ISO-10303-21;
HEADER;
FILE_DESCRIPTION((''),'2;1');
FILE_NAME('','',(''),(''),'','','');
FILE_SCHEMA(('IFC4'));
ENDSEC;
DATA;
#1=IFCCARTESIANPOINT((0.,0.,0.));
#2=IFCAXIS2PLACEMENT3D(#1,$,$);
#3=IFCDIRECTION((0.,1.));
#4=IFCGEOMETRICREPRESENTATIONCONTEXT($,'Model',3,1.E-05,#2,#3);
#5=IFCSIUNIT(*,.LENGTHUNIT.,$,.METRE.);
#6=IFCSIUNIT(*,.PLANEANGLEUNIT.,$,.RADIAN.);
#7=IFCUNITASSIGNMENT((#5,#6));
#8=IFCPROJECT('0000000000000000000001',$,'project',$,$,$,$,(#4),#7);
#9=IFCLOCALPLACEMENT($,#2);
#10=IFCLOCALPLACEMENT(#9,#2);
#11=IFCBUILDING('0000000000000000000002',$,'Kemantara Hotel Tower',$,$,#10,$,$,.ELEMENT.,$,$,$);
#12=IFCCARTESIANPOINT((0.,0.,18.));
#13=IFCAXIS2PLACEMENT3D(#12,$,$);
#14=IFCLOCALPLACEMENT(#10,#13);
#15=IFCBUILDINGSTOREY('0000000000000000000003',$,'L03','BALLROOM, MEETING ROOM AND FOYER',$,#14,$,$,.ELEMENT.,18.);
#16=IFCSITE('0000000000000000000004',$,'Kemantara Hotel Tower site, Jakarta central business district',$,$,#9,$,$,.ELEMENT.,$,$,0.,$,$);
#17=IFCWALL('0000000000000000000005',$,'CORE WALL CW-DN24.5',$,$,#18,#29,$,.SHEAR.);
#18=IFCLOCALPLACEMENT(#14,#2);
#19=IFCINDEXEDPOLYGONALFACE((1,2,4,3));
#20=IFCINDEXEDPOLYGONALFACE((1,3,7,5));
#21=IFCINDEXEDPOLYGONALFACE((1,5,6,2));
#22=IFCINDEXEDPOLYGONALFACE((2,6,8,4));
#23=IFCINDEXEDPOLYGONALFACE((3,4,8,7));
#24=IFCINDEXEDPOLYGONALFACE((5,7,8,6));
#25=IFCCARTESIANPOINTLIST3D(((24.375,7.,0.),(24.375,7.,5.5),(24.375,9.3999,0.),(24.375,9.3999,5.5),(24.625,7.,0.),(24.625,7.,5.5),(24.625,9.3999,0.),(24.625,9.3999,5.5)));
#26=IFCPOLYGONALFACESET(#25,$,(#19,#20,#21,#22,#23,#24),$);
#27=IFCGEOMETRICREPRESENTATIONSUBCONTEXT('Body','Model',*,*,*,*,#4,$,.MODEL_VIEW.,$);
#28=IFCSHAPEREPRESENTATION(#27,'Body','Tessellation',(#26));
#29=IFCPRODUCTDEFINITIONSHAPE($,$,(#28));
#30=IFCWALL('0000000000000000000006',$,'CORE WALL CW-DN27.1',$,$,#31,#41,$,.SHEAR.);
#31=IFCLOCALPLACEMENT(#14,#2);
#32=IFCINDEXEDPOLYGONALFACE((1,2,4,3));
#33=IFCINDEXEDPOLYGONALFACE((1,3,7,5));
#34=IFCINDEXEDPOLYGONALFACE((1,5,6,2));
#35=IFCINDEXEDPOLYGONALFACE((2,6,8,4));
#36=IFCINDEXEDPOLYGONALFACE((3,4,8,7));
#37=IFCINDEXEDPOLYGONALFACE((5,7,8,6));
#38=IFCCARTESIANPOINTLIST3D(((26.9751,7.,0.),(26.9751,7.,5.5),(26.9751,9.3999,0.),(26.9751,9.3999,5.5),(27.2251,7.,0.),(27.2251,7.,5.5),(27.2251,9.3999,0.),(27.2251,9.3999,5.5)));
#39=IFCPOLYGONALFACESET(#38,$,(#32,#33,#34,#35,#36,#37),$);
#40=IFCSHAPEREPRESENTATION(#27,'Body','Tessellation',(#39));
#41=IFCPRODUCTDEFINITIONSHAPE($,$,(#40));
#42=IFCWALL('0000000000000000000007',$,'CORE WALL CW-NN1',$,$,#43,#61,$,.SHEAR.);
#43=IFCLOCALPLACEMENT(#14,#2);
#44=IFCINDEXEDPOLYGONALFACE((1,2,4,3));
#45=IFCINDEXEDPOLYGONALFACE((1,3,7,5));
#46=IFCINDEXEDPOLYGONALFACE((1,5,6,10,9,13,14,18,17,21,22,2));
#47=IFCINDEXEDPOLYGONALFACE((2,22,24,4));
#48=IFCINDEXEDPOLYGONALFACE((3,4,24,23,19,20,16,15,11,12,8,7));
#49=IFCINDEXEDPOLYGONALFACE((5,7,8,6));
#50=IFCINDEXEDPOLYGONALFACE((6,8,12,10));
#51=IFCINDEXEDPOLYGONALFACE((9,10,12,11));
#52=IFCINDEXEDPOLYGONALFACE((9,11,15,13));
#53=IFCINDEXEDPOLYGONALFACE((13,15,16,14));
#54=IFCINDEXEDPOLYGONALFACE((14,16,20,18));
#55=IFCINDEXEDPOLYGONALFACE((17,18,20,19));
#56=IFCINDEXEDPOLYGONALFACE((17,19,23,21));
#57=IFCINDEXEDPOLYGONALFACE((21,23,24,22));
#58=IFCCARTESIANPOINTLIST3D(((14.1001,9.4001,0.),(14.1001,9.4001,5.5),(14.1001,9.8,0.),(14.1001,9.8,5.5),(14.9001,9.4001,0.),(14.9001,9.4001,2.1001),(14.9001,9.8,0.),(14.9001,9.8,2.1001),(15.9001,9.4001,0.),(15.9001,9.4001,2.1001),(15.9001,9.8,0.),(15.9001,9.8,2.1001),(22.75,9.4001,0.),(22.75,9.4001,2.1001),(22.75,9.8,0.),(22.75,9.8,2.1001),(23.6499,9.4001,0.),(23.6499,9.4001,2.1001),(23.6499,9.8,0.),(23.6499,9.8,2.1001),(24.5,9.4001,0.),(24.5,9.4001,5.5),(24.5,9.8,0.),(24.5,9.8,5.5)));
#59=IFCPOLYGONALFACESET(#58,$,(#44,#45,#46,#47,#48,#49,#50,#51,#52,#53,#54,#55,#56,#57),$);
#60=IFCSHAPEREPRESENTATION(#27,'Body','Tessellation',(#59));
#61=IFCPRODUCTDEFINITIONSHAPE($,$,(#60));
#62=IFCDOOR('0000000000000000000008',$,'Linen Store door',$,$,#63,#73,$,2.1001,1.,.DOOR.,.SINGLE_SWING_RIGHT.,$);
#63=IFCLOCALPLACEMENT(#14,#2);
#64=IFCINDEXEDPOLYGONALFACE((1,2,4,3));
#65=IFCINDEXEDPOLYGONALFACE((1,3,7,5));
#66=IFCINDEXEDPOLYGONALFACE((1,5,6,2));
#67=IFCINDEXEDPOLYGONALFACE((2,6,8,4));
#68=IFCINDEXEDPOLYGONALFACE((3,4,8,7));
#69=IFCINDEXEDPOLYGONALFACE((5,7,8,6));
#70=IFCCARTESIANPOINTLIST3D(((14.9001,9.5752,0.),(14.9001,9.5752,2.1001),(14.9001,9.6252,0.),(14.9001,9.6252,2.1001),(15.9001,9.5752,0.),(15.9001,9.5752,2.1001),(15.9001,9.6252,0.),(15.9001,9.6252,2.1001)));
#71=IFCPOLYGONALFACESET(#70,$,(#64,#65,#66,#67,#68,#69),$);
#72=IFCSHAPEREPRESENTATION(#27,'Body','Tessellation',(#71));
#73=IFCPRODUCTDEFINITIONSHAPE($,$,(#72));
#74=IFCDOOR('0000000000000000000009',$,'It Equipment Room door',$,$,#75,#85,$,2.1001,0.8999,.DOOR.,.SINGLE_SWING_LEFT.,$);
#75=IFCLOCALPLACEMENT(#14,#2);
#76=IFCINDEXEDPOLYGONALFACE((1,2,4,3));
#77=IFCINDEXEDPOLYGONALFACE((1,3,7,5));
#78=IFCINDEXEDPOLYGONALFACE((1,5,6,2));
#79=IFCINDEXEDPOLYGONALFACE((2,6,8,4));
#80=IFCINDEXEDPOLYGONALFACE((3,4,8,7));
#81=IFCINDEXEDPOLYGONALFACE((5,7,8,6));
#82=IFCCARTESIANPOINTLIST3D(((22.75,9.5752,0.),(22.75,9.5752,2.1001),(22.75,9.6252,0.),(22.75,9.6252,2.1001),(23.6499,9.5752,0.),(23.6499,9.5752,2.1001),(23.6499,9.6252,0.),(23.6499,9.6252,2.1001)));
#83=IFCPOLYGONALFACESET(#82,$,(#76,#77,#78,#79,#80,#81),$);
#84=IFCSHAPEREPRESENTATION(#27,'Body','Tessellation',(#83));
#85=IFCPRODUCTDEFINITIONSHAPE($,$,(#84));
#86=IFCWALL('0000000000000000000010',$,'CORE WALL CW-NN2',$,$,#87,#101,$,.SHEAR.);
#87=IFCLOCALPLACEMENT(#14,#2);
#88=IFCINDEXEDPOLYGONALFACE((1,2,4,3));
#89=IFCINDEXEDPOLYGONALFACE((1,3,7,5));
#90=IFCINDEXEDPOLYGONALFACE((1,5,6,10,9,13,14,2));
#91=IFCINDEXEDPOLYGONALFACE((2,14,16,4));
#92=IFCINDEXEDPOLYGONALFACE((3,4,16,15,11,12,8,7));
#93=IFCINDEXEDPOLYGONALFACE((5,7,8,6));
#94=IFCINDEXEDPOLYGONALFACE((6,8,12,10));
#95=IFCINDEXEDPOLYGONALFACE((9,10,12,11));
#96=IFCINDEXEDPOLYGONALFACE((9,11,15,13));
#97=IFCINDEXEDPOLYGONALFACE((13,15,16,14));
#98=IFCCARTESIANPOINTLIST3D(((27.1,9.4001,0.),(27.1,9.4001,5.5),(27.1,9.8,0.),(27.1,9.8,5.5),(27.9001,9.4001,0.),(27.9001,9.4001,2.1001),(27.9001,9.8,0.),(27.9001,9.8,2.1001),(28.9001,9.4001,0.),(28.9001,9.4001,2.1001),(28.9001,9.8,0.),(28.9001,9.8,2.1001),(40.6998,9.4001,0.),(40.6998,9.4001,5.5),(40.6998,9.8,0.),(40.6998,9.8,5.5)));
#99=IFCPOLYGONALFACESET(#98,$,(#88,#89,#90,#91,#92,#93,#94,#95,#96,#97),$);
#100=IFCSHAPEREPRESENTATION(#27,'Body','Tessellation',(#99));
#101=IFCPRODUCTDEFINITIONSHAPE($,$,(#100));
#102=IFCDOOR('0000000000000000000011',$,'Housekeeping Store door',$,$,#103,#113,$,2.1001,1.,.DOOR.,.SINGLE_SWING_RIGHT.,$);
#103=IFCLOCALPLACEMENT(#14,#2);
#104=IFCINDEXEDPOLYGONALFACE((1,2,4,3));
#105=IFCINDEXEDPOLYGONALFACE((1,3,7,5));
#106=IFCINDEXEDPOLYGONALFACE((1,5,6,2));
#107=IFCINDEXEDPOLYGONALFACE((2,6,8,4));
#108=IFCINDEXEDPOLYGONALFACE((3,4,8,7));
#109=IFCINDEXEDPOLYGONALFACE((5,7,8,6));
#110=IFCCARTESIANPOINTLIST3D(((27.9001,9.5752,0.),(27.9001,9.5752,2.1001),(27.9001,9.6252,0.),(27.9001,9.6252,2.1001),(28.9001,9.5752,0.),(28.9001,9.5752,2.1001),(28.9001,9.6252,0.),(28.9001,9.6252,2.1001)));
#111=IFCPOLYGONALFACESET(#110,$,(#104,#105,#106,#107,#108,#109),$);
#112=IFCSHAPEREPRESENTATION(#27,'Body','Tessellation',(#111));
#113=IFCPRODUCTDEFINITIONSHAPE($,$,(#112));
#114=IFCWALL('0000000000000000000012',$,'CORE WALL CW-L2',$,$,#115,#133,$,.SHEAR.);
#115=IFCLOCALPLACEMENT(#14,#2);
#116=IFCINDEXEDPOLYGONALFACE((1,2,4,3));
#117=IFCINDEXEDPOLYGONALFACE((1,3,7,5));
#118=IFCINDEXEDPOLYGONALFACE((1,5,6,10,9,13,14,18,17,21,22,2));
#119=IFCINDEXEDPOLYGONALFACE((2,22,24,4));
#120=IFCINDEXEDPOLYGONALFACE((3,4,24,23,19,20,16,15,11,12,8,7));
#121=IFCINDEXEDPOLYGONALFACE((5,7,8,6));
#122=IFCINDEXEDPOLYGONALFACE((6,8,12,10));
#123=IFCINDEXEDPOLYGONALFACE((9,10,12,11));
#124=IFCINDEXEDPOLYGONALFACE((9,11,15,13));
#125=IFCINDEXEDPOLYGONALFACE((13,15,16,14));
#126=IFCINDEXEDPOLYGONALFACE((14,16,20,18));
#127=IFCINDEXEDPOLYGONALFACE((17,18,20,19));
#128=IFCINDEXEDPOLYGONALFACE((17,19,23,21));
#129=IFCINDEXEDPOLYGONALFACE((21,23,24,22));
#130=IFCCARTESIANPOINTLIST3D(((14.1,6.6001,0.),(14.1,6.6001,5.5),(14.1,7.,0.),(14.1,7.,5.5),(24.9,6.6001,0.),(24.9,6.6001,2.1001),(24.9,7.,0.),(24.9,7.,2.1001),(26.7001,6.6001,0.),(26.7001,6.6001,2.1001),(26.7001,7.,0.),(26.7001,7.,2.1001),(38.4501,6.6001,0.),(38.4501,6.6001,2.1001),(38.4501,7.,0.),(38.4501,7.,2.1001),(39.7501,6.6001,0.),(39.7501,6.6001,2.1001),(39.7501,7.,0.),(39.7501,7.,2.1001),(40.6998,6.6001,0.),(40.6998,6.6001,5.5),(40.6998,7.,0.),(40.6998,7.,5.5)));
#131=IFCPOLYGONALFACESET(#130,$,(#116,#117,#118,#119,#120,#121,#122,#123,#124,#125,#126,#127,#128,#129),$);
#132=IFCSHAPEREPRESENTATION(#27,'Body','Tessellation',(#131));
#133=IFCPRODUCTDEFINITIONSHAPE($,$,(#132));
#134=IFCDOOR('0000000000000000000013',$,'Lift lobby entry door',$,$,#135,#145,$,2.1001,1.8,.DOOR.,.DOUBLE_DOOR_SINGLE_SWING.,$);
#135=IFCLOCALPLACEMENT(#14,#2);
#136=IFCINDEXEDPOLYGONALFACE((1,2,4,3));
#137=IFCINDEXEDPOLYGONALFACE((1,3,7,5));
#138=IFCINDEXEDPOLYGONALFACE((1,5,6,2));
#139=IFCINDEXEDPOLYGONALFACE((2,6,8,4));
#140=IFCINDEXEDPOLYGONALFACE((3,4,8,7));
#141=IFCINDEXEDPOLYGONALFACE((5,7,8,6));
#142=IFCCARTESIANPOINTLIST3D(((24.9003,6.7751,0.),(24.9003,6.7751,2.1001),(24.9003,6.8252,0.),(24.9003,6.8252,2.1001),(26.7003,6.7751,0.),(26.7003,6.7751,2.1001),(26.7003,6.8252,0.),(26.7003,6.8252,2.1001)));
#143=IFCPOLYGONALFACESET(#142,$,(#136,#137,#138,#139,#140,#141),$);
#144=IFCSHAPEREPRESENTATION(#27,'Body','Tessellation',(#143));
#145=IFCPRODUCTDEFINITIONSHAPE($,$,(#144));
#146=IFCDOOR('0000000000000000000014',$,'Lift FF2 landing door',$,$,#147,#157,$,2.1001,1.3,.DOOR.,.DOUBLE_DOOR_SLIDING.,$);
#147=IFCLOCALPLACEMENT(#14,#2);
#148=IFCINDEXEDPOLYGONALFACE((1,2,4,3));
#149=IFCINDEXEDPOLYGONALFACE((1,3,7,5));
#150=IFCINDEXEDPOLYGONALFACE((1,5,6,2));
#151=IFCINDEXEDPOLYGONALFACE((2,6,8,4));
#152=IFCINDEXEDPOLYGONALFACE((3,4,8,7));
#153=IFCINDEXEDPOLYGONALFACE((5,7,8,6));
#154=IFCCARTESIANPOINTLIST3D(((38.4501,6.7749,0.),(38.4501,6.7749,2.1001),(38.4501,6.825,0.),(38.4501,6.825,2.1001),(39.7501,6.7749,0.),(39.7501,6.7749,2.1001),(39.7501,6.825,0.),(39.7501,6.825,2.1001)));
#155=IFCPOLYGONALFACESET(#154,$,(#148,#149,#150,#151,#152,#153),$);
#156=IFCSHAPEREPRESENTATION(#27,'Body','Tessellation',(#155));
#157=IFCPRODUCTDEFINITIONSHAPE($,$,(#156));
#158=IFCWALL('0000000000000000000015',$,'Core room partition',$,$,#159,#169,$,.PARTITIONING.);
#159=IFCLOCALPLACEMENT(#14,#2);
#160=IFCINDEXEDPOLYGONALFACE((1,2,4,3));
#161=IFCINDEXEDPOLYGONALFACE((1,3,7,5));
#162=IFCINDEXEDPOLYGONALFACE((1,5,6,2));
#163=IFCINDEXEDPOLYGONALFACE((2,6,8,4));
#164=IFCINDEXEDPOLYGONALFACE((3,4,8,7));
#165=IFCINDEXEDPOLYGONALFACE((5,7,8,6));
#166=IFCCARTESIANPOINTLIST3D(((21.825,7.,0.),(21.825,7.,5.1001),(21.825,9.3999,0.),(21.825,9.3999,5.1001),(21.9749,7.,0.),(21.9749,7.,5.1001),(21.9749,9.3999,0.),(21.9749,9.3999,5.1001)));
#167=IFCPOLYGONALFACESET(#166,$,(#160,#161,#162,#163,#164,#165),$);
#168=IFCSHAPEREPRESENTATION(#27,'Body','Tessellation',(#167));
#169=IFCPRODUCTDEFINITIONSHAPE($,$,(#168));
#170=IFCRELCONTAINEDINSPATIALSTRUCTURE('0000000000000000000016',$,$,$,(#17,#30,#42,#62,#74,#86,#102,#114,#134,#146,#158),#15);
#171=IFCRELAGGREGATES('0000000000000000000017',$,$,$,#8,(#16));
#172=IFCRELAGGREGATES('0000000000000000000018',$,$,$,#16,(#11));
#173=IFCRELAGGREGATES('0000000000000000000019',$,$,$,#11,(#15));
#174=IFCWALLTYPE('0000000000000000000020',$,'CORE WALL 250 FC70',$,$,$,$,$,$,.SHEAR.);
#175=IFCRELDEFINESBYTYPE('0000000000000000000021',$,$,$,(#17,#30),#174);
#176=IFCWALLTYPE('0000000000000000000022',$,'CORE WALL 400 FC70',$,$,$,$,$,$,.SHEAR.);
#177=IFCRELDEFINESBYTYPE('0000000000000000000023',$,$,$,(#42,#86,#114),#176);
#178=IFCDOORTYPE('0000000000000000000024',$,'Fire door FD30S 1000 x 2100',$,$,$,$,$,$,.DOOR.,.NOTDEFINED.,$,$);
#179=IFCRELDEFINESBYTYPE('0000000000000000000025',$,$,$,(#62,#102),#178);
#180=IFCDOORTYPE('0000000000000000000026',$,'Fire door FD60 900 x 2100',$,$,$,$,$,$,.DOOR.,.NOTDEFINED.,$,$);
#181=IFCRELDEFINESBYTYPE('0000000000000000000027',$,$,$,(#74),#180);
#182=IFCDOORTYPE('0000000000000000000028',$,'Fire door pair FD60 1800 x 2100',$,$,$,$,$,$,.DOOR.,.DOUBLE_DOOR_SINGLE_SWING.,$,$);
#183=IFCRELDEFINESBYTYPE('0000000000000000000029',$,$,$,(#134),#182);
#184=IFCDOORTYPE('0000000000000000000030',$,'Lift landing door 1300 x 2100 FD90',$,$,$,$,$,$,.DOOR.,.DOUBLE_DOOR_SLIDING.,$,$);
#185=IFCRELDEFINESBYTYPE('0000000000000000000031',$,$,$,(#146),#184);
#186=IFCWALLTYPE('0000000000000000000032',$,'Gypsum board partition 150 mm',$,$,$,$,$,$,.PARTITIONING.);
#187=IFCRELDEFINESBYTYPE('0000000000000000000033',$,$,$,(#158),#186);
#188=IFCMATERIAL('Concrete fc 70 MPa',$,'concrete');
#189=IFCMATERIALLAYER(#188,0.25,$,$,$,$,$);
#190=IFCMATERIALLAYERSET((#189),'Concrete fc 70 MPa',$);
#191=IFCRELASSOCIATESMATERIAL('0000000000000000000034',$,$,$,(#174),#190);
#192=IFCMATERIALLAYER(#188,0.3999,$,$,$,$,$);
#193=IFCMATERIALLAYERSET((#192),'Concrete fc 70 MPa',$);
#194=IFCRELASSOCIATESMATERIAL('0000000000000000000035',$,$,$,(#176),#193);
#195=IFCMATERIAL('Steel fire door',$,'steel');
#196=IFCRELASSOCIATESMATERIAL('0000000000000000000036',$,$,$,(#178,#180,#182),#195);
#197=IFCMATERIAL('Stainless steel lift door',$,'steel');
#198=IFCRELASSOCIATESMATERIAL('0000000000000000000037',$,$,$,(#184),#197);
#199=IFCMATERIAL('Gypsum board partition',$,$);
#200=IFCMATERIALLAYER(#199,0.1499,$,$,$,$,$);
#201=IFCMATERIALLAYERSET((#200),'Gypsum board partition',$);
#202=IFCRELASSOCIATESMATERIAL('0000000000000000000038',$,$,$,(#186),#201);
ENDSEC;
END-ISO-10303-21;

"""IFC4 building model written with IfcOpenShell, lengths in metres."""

from ifc_helpers import new_model, si_unit, direction, frame, frame_2d, origin, place, context, subcontext, project, spatial, rectangle, extrude, material, layer, layer_set, type_object, element, fill, save


model = new_model("IFC4")

# Units and contexts
model_context = context("Model", 3, precision=1e-05, world=origin(), true_north=direction((0.0, 1.0)))
body_context = subcontext(model_context, "Body", "Model", "MODEL_VIEW")
ifc_project = project(units=[si_unit("LENGTHUNIT", "METRE"), si_unit("PLANEANGLEUNIT", "RADIAN")], contexts=[model_context])

# Site, building, storey
site_placement = place(None, origin())
site = spatial("IfcSite", under=ifc_project, at=site_placement, Name="Kemantara Hotel Tower site, Jakarta central business district", CompositionType="ELEMENT", RefElevation=0.0)
building_placement = place(site_placement, origin())
building = spatial("IfcBuilding", under=site, at=building_placement, Name="Kemantara Hotel Tower", CompositionType="ELEMENT")
storey_placement = place(building_placement, frame((0.0, 0.0, 18.0)))
storey = spatial("IfcBuildingStorey", under=building, at=storey_placement, Name="L03", Description="BALLROOM, MEETING ROOM AND FOYER", CompositionType="ELEMENT", Elevation=18.0)

# Walls
ifc_material_1 = material(Name="Concrete fc 70 MPa", Category="concrete")
ifc_layer_1 = layer(ifc_material_1, 0.25)
ifc_layer_set_1 = layer_set([ifc_layer_1], Name="Concrete fc 70 MPa")
wall_type_1 = type_object("IfcWallType", Name="CORE WALL 250 FC70", PredefinedType="SHEAR", material=ifc_layer_set_1)
for number, where, z_axis, x_axis, name in (
    (1, (24.5, 7.0, 0.0), (0.0, 0.0, 1.0), (0.0, 1.0, 0.0), "CORE WALL CW-DN24.5"),
    (2, (27.1001, 7.0, 0.0), (0.0, 0.0, 1.0), (0.0, 1.0, 0.0), "CORE WALL CW-DN27.1"),
):
    element("IfcWall", number, at=place(storey_placement, frame(where, z_axis=z_axis, x_axis=x_axis)), inside=storey, type_object=wall_type_1, Name=name, PredefinedType="SHEAR", context=body_context, shape_type="SweptSolid", body=[
        extrude(rectangle(XDim=2.3999, YDim=0.25, at=frame_2d((1.2, 0.0))), origin(), (0.0, 0.0, 1.0), 5.5),
    ])

# Wall, openings, doors
ifc_layer_2 = layer(ifc_material_1, 0.3999)
ifc_layer_set_2 = layer_set([ifc_layer_2], Name="Concrete fc 70 MPa")
wall_type_2 = type_object("IfcWallType", Name="CORE WALL 400 FC70", PredefinedType="SHEAR", material=ifc_layer_set_2)
wall_1_placement = place(storey_placement, frame((14.1001, 9.6001, 0.0), z_axis=(0.0, 0.0, 1.0), x_axis=(1.0, 0.0, 0.0)))
wall_1 = element("IfcWall", 3, at=wall_1_placement, inside=storey, type_object=wall_type_2, Name="CORE WALL CW-NN1", PredefinedType="SHEAR", context=body_context, shape_type="SweptSolid", body=[
    extrude(rectangle(XDim=10.3999, YDim=0.3999, at=frame_2d((5.2, 0.0))), origin(), (0.0, 0.0, 1.0), 5.5),
])
opening_1_placement = place(wall_1_placement, frame((0.8, 0.0, 0.0)))
opening_1 = element("IfcOpeningElement", 4, at=opening_1_placement, cuts=wall_1, PredefinedType="OPENING", context=body_context, shape_type="SweptSolid", body=[
    extrude(rectangle(XDim=1.0, YDim=2.1001, at=frame_2d((0.5, 1.05))), frame((0.0, 0.21, 0.0), z_axis=(0.0, -1.0, 0.0), x_axis=(1.0, 0.0, 0.0)), (0.0, 0.0, 1.0), 0.4199),
])
opening_2_placement = place(wall_1_placement, frame((8.6499, 0.0, 0.0)))
opening_2 = element("IfcOpeningElement", 5, at=opening_2_placement, cuts=wall_1, PredefinedType="OPENING", context=body_context, shape_type="SweptSolid", body=[
    extrude(rectangle(XDim=0.8999, YDim=2.1001, at=frame_2d((0.45, 1.05))), frame((0.0, 0.21, 0.0), z_axis=(0.0, -1.0, 0.0), x_axis=(1.0, 0.0, 0.0)), (0.0, 0.0, 1.0), 0.4199),
])
ifc_material_2 = material(Name="Steel fire door", Category="steel")
door_type_1 = type_object("IfcDoorType", Name="Fire door FD30S 1000 x 2100", OperationType="NOTDEFINED", PredefinedType="DOOR", material=ifc_material_2)
door_1_placement = place(opening_1_placement, frame((1.0, 0.0, 0.0), z_axis=(0.0, 0.0, 1.0), x_axis=(-1.0, 0.0, 0.0)))
door_1 = element("IfcDoor", 6, at=door_1_placement, inside=storey, type_object=door_type_1, Name="Linen Store door", OperationType="SINGLE_SWING_RIGHT", OverallHeight=2.1001, OverallWidth=1.0, PredefinedType="DOOR", context=body_context, shape_type="SweptSolid", body=[
    extrude(rectangle(XDim=1.0, YDim=2.1001, at=frame_2d((0.5, 1.05))), frame((0.0, 0.0249, 0.0), z_axis=(0.0, -1.0, 0.0), x_axis=(1.0, 0.0, 0.0)), (0.0, 0.0, 1.0), 0.05),
])
fill(opening_1, door_1)
door_type_2 = type_object("IfcDoorType", Name="Fire door FD60 900 x 2100", OperationType="NOTDEFINED", PredefinedType="DOOR", material=ifc_material_2)
door_2_placement = place(opening_2_placement, frame((0.8999, 0.0, 0.0), z_axis=(0.0, 0.0, 1.0), x_axis=(-1.0, 0.0, 0.0)))
door_2 = element("IfcDoor", 7, at=door_2_placement, inside=storey, type_object=door_type_2, Name="It Equipment Room door", OperationType="SINGLE_SWING_LEFT", OverallHeight=2.1001, OverallWidth=0.8999, PredefinedType="DOOR", context=body_context, shape_type="SweptSolid", body=[
    extrude(rectangle(XDim=0.8999, YDim=2.1001, at=frame_2d((0.45, 1.05))), frame((0.0, 0.0249, 0.0), z_axis=(0.0, -1.0, 0.0), x_axis=(1.0, 0.0, 0.0)), (0.0, 0.0, 1.0), 0.05),
])
fill(opening_2, door_2)

# Wall, opening, door
wall_2_placement = place(storey_placement, frame((27.1001, 9.6001, 0.0), z_axis=(0.0, 0.0, 1.0), x_axis=(1.0, 0.0, 0.0)))
wall_2 = element("IfcWall", 8, at=wall_2_placement, inside=storey, type_object=wall_type_2, Name="CORE WALL CW-NN2", PredefinedType="SHEAR", context=body_context, shape_type="SweptSolid", body=[
    extrude(rectangle(XDim=13.5999, YDim=0.3999, at=frame_2d((6.7998, 0.0))), origin(), (0.0, 0.0, 1.0), 5.5),
])
opening_3_placement = place(wall_2_placement, frame((0.8, 0.0, 0.0)))
opening_3 = element("IfcOpeningElement", 9, at=opening_3_placement, cuts=wall_2, PredefinedType="OPENING", context=body_context, shape_type="SweptSolid", body=[
    extrude(rectangle(XDim=1.0, YDim=2.1001, at=frame_2d((0.5, 1.05))), frame((0.0, 0.21, 0.0), z_axis=(0.0, -1.0, 0.0), x_axis=(1.0, 0.0, 0.0)), (0.0, 0.0, 1.0), 0.4199),
])
door_3_placement = place(opening_3_placement, frame((1.0, 0.0, 0.0), z_axis=(0.0, 0.0, 1.0), x_axis=(-1.0, 0.0, 0.0)))
door_3 = element("IfcDoor", 10, at=door_3_placement, inside=storey, type_object=door_type_1, Name="Housekeeping Store door", OperationType="SINGLE_SWING_RIGHT", OverallHeight=2.1001, OverallWidth=1.0, PredefinedType="DOOR", context=body_context, shape_type="SweptSolid", body=[
    extrude(rectangle(XDim=1.0, YDim=2.1001, at=frame_2d((0.5, 1.05))), frame((0.0, 0.0249, 0.0), z_axis=(0.0, -1.0, 0.0), x_axis=(1.0, 0.0, 0.0)), (0.0, 0.0, 1.0), 0.05),
])
fill(opening_3, door_3)

# Wall, openings, doors
wall_3_placement = place(storey_placement, frame((14.1001, 6.8, 0.0), z_axis=(0.0, 0.0, 1.0), x_axis=(1.0, 0.0, 0.0)))
wall_3 = element("IfcWall", 11, at=wall_3_placement, inside=storey, type_object=wall_type_2, Name="CORE WALL CW-L2", PredefinedType="SHEAR", context=body_context, shape_type="SweptSolid", body=[
    extrude(rectangle(XDim=26.5999, YDim=0.3999, at=frame_2d((13.2998, 0.0))), origin(), (0.0, 0.0, 1.0), 5.5),
])
opening_4_placement = place(wall_3_placement, frame((10.8, 0.0, 0.0)))
opening_4 = element("IfcOpeningElement", 12, at=opening_4_placement, cuts=wall_3, PredefinedType="OPENING", context=body_context, shape_type="SweptSolid", body=[
    extrude(rectangle(XDim=1.8, YDim=2.1001, at=frame_2d((0.8999, 1.05))), frame((0.0, 0.21, 0.0), z_axis=(0.0, -1.0, 0.0), x_axis=(1.0, 0.0, 0.0)), (0.0, 0.0, 1.0), 0.4199),
])
opening_5_placement = place(wall_3_placement, frame((24.3501, 0.0, 0.0)))
opening_5 = element("IfcOpeningElement", 13, at=opening_5_placement, cuts=wall_3, PredefinedType="OPENING", context=body_context, shape_type="SweptSolid", body=[
    extrude(rectangle(XDim=1.3, YDim=2.1001, at=frame_2d((0.6499, 1.05))), frame((0.0, 0.21, 0.0), z_axis=(0.0, -1.0, 0.0), x_axis=(1.0, 0.0, 0.0)), (0.0, 0.0, 1.0), 0.4199),
])
door_type_3 = type_object("IfcDoorType", Name="Fire door pair FD60 1800 x 2100", OperationType="DOUBLE_DOOR_SINGLE_SWING", PredefinedType="DOOR", material=ifc_material_2)
door_4_placement = place(opening_4_placement, frame((1.8, 0.0, 0.0), z_axis=(0.0, 0.0, 1.0), x_axis=(-1.0, 0.0, 0.0)))
door_4 = element("IfcDoor", 14, at=door_4_placement, inside=storey, type_object=door_type_3, Name="Lift lobby entry door", OperationType="DOUBLE_DOOR_SINGLE_SWING", OverallHeight=2.1001, OverallWidth=1.8, PredefinedType="DOOR", context=body_context, shape_type="SweptSolid", body=[
    extrude(rectangle(XDim=1.8, YDim=2.1001, at=frame_2d((0.8999, 1.05))), frame((0.0, 0.0249, 0.0), z_axis=(0.0, -1.0, 0.0), x_axis=(1.0, 0.0, 0.0)), (0.0, 0.0, 1.0), 0.05),
])
fill(opening_4, door_4)
ifc_material_3 = material(Name="Stainless steel lift door", Category="steel")
door_type_4 = type_object("IfcDoorType", Name="Lift landing door 1300 x 2100 FD90", OperationType="DOUBLE_DOOR_SLIDING", PredefinedType="DOOR", material=ifc_material_3)
door_5_placement = place(opening_5_placement, origin())
door_5 = element("IfcDoor", 15, at=door_5_placement, inside=storey, type_object=door_type_4, Name="Lift FF2 landing door", OperationType="DOUBLE_DOOR_SLIDING", OverallHeight=2.1001, OverallWidth=1.3, PredefinedType="DOOR", context=body_context, shape_type="SweptSolid", body=[
    extrude(rectangle(XDim=1.3, YDim=2.1001, at=frame_2d((0.6499, 1.05))), frame((0.0, 0.0249, 0.0), z_axis=(0.0, -1.0, 0.0), x_axis=(1.0, 0.0, 0.0)), (0.0, 0.0, 1.0), 0.05),
])
fill(opening_5, door_5)

# Wall
ifc_material_4 = material(Name="Gypsum board partition")
ifc_layer_3 = layer(ifc_material_4, 0.1499)
ifc_layer_set_3 = layer_set([ifc_layer_3], Name="Gypsum board partition")
wall_type_3 = type_object("IfcWallType", Name="Gypsum board partition 150 mm", PredefinedType="PARTITIONING", material=ifc_layer_set_3)
wall_4_placement = place(storey_placement, frame((21.8999, 7.0, 0.0), z_axis=(0.0, 0.0, 1.0), x_axis=(0.0, 1.0, 0.0)))
element("IfcWall", 16, at=wall_4_placement, inside=storey, type_object=wall_type_3, Name="Core room partition", PredefinedType="PARTITIONING", context=body_context, shape_type="SweptSolid", body=[
    extrude(rectangle(XDim=2.3999, YDim=0.1499, at=frame_2d((1.2, 0.0))), origin(), (0.0, 0.0, 1.0), 5.1001),
])

save(model, "model.ifc")
